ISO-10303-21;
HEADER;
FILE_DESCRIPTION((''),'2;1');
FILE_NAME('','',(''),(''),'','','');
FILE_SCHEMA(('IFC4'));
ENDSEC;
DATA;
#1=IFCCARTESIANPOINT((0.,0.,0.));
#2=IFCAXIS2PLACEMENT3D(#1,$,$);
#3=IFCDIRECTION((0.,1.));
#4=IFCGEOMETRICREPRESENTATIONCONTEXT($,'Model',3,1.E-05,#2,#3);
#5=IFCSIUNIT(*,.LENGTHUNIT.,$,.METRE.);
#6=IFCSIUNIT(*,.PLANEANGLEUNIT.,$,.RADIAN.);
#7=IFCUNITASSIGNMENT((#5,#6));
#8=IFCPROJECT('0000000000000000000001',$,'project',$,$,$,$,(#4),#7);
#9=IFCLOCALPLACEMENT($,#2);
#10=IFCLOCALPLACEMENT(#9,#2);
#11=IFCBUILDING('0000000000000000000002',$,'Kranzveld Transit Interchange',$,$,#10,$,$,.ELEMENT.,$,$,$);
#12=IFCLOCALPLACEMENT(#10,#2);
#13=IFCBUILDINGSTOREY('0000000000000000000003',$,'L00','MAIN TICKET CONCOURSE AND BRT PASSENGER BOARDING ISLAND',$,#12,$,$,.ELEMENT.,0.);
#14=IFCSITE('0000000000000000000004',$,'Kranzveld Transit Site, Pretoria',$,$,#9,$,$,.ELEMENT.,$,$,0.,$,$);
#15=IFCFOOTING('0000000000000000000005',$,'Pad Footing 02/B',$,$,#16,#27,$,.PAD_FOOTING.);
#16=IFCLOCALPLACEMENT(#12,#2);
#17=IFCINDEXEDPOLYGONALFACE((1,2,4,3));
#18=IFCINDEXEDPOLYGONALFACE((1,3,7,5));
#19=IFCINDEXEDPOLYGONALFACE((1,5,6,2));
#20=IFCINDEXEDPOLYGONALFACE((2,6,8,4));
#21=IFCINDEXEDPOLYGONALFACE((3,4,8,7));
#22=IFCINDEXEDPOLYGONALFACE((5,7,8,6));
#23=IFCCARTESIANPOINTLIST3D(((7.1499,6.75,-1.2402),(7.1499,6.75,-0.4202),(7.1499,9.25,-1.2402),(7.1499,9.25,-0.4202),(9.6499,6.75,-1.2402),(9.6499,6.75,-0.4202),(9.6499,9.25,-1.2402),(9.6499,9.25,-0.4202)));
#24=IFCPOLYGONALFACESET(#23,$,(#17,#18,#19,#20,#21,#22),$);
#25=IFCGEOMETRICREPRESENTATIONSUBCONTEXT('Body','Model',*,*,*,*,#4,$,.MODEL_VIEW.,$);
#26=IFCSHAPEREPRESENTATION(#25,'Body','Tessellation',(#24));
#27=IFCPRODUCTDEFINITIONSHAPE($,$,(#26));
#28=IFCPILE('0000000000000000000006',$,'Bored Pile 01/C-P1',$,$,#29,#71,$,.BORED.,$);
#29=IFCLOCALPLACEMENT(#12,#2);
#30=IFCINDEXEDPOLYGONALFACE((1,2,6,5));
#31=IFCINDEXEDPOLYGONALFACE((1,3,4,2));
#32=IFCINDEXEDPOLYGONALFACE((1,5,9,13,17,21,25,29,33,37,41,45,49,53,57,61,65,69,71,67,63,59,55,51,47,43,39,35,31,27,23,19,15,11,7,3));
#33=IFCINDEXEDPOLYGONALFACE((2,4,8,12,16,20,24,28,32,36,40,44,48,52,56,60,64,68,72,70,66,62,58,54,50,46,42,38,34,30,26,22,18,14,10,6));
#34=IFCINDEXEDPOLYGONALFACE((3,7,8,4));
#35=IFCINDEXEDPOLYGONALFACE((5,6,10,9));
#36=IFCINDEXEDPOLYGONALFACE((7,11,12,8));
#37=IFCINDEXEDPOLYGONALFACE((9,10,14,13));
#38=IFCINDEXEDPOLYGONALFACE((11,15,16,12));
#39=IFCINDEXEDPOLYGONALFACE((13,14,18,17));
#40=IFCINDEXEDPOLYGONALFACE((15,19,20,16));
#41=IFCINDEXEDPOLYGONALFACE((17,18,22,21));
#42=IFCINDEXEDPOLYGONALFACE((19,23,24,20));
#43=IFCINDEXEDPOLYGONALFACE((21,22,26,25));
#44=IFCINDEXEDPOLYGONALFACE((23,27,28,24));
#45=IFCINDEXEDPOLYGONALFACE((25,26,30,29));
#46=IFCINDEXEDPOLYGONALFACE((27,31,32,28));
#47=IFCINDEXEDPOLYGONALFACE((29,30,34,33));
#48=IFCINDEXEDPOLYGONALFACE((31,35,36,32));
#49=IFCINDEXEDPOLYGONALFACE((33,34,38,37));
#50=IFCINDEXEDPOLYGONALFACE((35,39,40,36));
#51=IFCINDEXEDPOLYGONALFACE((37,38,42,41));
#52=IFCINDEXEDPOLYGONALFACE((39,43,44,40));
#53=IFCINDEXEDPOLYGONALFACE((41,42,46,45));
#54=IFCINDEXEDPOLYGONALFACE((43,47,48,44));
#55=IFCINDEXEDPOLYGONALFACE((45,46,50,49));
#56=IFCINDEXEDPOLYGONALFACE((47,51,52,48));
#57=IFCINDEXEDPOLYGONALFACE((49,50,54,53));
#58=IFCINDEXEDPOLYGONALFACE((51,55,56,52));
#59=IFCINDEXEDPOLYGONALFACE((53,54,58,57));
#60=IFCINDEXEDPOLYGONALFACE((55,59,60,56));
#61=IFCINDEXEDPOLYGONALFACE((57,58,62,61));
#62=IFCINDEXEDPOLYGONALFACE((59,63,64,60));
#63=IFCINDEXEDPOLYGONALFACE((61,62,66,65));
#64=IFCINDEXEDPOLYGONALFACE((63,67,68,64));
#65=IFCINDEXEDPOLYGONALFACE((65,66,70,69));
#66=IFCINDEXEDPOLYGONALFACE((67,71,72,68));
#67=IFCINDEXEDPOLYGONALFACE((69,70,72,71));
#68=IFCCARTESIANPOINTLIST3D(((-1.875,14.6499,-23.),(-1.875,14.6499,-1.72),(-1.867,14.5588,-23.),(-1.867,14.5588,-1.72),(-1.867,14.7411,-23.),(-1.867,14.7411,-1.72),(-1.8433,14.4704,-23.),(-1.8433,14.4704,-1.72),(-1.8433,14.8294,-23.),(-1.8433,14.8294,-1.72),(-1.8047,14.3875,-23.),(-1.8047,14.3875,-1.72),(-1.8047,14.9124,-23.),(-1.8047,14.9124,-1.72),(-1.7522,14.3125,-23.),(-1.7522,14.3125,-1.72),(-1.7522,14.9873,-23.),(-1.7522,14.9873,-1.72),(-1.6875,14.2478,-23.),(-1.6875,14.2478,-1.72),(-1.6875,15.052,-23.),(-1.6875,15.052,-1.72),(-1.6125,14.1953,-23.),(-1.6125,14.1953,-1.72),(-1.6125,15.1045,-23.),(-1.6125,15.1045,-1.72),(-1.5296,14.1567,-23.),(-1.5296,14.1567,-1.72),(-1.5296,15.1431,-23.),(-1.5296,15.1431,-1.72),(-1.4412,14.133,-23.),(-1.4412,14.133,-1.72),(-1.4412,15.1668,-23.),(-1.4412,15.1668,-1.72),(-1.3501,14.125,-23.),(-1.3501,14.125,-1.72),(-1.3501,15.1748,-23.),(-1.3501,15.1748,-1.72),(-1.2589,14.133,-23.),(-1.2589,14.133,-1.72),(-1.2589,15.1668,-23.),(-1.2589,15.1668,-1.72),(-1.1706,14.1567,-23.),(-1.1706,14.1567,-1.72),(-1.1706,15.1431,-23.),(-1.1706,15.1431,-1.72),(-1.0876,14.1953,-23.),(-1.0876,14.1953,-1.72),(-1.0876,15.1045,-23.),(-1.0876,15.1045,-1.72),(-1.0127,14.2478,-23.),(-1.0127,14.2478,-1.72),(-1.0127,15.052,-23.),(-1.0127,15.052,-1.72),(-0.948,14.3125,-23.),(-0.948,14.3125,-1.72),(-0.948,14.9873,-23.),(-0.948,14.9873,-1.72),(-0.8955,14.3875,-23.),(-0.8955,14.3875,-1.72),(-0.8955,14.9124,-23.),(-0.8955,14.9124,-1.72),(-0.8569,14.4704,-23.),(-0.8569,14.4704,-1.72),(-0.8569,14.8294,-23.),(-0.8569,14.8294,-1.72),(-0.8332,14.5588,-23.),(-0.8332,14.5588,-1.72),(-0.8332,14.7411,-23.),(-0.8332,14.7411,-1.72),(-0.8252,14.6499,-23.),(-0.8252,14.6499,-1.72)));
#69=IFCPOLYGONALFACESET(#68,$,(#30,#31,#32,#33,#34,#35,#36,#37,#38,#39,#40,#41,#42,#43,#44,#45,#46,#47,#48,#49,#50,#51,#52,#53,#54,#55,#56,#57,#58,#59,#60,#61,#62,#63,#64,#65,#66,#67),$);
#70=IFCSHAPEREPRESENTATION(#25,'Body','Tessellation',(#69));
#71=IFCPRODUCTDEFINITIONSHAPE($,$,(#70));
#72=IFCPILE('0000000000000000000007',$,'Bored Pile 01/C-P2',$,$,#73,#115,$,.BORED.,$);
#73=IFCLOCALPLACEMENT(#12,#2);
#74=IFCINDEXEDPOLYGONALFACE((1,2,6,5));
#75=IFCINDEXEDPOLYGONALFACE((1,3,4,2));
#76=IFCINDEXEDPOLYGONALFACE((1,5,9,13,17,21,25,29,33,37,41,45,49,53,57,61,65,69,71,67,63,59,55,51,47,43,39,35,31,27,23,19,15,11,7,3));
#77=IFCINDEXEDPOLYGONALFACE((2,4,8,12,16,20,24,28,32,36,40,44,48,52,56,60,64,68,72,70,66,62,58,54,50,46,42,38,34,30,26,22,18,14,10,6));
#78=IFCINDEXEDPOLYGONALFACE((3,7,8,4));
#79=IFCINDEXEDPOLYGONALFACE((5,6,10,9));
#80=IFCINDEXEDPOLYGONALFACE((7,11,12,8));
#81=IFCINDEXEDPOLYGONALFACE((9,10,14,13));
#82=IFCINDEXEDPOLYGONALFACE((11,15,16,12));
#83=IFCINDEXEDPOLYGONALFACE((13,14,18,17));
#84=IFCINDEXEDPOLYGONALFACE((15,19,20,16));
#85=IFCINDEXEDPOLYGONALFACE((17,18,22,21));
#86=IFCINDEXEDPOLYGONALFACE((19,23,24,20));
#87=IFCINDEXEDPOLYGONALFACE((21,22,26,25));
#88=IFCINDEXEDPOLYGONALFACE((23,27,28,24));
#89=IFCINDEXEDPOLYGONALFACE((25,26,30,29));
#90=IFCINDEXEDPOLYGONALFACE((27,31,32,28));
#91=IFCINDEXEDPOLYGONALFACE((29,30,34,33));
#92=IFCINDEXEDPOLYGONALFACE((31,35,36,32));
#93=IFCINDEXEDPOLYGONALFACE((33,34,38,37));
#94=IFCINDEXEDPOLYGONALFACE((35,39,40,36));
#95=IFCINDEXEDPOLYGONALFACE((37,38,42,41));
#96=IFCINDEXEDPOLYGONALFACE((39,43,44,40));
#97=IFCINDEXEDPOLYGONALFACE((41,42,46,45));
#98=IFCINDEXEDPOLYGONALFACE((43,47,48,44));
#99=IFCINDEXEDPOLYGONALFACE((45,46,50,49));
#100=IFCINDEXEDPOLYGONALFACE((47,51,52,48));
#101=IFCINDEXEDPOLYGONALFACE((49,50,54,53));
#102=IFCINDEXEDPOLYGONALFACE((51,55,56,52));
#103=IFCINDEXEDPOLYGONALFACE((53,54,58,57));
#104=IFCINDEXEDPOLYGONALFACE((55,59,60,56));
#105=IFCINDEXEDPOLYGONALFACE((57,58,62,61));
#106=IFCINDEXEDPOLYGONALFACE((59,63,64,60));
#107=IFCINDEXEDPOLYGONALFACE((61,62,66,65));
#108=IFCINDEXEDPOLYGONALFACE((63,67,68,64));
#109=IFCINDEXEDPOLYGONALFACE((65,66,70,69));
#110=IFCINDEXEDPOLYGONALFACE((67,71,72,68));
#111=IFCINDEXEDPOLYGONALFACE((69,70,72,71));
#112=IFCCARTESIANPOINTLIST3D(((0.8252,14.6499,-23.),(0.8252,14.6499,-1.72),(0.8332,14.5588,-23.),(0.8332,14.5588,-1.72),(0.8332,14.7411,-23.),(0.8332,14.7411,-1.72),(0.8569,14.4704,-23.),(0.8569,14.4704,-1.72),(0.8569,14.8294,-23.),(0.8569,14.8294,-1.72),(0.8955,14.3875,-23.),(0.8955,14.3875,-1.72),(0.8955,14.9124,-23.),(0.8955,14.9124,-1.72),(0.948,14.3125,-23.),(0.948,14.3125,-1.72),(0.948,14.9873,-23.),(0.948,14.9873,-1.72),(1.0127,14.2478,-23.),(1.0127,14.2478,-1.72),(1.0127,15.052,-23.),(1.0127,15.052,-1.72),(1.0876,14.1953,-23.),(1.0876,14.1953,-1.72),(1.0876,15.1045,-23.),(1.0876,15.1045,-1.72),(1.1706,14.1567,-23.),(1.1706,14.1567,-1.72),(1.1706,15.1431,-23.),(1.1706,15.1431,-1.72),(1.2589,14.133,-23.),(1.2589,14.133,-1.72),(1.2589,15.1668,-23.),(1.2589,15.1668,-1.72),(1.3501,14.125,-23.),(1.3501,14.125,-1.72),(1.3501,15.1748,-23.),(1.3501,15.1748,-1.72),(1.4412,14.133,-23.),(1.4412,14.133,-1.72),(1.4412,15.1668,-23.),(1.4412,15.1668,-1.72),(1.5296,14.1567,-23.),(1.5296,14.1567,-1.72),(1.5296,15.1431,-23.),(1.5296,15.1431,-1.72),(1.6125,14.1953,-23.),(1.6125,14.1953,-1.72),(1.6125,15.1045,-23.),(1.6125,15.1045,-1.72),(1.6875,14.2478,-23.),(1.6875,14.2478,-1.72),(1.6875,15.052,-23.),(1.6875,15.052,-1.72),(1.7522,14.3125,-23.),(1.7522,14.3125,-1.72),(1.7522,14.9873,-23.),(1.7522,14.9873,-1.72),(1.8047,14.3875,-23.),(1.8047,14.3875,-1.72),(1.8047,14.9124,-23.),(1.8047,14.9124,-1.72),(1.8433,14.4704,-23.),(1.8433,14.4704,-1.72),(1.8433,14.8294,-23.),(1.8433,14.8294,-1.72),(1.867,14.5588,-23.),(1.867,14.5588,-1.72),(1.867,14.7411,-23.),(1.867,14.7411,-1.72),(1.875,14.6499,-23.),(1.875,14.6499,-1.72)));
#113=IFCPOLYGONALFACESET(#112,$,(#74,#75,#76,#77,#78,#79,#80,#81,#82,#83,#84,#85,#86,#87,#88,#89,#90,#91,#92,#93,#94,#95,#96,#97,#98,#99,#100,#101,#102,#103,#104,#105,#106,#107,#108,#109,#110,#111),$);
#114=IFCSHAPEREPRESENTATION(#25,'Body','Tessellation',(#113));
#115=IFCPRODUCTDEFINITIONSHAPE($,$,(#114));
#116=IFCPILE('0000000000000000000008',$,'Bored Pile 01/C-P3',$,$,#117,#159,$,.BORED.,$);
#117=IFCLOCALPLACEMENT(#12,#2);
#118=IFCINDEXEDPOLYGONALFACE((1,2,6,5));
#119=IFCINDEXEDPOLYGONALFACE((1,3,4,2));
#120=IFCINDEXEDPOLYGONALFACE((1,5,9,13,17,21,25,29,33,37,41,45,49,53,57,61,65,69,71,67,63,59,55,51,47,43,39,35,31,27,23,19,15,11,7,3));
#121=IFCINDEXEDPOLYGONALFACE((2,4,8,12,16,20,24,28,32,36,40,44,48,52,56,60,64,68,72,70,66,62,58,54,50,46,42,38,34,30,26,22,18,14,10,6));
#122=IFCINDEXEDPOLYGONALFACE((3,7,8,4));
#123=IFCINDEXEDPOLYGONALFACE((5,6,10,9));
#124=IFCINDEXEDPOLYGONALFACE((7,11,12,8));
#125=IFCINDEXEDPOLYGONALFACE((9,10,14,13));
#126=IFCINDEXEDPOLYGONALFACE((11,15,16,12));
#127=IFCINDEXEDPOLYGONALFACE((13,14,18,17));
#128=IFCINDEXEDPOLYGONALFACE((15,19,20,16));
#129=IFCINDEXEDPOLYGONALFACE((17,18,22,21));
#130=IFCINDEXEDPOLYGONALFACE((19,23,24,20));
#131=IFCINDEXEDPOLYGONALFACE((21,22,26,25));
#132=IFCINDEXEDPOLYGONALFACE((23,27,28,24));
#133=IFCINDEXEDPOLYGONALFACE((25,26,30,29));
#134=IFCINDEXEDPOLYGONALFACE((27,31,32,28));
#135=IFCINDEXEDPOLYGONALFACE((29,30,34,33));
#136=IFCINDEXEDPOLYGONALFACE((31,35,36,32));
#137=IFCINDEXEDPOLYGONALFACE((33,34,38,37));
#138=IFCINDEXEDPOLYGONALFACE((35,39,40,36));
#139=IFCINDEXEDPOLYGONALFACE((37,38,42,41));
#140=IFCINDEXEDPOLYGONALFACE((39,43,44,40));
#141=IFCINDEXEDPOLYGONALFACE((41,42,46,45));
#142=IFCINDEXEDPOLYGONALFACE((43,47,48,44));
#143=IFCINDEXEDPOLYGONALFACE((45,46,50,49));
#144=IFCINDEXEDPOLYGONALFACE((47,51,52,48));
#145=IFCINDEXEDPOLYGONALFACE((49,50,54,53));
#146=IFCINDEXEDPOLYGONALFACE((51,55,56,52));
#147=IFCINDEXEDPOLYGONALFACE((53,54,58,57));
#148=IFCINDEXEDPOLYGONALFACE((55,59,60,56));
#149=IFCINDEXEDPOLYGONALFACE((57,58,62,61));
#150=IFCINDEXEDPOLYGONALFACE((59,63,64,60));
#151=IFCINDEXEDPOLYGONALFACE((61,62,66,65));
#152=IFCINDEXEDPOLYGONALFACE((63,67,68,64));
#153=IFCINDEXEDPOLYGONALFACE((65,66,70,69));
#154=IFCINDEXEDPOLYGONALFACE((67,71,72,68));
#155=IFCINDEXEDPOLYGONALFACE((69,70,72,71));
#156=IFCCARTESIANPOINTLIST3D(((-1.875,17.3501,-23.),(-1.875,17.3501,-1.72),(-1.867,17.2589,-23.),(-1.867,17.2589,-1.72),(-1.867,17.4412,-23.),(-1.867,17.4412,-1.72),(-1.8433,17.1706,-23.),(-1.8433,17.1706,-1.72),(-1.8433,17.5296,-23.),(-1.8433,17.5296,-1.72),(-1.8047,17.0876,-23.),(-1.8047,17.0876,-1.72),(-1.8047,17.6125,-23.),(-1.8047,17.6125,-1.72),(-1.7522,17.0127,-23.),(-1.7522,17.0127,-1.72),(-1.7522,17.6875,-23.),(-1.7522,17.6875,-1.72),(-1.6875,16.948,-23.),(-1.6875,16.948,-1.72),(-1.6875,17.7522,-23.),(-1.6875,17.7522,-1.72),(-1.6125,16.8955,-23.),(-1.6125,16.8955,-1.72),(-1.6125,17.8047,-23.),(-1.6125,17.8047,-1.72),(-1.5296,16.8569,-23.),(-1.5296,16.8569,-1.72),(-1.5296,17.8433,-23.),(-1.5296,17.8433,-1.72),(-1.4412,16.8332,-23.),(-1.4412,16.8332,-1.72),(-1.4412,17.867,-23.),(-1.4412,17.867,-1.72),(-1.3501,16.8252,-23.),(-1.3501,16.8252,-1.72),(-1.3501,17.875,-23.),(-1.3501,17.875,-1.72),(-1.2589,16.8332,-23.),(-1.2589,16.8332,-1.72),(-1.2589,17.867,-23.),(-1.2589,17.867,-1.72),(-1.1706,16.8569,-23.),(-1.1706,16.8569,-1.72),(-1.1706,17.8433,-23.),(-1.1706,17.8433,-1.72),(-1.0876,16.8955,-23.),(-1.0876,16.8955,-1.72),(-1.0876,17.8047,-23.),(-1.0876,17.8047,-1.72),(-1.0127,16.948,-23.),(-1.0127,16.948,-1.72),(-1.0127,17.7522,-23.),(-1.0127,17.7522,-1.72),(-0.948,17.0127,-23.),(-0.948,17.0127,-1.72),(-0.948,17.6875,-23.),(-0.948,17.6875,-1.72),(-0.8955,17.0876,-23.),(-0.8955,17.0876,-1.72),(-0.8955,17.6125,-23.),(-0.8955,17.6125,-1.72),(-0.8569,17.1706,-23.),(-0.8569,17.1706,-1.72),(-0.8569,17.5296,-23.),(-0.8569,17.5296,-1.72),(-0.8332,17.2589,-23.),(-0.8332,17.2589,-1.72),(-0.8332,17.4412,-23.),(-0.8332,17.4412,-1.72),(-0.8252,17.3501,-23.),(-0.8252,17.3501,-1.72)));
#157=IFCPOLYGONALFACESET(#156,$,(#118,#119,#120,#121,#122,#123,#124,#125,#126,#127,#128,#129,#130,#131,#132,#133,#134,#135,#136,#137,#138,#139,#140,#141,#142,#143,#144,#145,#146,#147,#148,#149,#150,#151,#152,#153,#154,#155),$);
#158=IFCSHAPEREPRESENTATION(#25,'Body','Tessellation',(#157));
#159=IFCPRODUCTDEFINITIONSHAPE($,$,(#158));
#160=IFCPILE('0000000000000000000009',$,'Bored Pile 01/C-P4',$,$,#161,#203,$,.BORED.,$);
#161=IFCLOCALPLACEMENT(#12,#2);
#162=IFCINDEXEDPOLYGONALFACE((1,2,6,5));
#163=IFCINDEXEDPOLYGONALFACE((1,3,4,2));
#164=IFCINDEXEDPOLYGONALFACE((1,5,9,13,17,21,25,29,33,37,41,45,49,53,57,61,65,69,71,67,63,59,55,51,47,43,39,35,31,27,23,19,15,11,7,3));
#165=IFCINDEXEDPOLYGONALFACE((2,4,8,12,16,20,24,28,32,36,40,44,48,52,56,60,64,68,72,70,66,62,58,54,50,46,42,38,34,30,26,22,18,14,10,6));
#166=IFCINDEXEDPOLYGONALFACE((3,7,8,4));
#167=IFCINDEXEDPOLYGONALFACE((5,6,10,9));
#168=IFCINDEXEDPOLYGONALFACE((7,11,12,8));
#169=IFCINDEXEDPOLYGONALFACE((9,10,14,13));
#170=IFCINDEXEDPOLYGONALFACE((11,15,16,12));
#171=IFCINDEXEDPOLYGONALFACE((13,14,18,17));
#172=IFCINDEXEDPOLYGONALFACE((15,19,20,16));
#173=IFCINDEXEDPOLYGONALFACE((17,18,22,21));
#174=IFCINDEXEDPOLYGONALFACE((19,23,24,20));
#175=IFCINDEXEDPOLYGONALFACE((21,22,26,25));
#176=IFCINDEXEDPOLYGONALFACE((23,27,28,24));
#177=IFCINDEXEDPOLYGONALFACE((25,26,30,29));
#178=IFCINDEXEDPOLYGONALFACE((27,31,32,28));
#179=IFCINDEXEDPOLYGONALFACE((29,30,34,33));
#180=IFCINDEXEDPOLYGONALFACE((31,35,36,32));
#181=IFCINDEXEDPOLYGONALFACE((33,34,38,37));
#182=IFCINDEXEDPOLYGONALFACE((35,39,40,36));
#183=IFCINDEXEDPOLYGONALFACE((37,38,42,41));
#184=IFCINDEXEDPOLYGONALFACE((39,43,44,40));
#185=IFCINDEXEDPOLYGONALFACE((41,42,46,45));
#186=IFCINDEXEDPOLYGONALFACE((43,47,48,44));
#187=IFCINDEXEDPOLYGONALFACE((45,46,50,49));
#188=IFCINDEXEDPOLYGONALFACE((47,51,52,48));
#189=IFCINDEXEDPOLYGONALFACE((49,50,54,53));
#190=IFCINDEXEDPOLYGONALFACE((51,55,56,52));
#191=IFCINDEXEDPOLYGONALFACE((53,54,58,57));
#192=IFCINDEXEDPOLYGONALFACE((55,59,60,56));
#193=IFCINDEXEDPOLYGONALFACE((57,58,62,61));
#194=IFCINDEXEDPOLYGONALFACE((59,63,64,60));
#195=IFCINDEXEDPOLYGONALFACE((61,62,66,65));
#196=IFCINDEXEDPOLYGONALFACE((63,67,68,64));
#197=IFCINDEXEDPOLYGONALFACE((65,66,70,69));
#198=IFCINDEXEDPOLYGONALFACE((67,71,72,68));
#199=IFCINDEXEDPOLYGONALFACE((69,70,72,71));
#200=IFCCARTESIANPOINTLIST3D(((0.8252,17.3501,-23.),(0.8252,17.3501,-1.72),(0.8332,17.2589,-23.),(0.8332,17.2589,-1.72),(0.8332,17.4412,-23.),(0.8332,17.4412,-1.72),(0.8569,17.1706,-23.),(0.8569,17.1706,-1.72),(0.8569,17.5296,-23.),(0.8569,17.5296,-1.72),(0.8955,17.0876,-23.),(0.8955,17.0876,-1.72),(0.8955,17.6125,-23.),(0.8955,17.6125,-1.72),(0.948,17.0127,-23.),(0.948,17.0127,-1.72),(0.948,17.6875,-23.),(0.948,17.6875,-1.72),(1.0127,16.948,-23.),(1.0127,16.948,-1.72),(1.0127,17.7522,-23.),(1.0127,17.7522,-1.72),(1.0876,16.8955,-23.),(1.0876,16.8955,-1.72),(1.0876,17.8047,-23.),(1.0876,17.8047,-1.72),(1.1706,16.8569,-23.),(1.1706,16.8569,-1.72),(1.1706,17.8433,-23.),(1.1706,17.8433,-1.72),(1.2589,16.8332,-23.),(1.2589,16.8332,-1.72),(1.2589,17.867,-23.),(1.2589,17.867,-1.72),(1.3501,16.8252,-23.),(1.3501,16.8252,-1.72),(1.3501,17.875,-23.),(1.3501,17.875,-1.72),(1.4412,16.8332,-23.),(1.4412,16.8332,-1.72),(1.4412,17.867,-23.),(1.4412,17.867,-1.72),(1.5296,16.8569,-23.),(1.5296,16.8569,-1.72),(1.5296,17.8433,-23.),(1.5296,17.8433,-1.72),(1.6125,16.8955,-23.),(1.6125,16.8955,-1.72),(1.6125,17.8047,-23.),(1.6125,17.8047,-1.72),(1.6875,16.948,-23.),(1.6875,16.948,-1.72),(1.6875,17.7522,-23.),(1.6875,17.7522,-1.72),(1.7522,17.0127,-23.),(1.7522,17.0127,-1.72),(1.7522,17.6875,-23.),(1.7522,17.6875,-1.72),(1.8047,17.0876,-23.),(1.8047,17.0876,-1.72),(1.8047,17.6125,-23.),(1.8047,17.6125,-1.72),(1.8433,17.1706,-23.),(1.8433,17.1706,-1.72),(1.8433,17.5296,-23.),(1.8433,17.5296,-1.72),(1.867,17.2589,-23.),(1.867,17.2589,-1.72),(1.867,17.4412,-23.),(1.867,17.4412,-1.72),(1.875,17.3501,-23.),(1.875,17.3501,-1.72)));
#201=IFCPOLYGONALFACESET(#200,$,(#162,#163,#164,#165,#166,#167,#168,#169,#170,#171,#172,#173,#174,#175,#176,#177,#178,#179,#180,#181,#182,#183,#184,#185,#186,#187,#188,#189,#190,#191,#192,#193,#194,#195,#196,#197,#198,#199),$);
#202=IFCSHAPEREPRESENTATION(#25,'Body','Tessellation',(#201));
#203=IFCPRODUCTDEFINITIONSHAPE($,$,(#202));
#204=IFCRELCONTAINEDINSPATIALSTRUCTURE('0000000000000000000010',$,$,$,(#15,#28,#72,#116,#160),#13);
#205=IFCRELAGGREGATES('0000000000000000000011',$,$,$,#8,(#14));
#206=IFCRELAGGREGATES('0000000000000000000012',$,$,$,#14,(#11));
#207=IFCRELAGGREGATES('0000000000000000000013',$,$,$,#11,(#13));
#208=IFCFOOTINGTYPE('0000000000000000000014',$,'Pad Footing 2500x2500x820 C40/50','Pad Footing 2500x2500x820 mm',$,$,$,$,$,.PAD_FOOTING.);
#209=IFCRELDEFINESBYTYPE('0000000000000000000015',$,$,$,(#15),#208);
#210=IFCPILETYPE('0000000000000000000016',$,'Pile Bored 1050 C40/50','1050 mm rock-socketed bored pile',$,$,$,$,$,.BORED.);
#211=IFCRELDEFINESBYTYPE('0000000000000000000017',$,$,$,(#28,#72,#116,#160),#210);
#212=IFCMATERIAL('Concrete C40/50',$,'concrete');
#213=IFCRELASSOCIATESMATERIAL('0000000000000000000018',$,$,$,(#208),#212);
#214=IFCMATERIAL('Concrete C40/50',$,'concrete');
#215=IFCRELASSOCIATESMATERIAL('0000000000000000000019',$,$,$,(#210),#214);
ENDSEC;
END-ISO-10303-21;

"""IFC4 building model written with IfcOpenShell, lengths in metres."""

from ifc_helpers import new_model, si_unit, direction, frame, origin, origin_2d, place, context, subcontext, project, spatial, rectangle, circle, extrude, material, material_profile, profile_set, type_object, element, save


model = new_model("IFC4")

# Units and contexts
model_context = context("Model", 3, precision=1e-05, world=origin(), true_north=direction((0.0, 1.0)))
body_context = subcontext(model_context, "Body", "Model", "MODEL_VIEW")
ifc_project = project(units=[si_unit("LENGTHUNIT", "METRE"), si_unit("PLANEANGLEUNIT", "RADIAN")], contexts=[model_context])

# Site, building, storey
site_placement = place(None, origin())
site = spatial("IfcSite", under=ifc_project, at=site_placement, Name="Kranzveld Transit Site, Pretoria", CompositionType="ELEMENT", RefElevation=0.0)
building_placement = place(site_placement, origin())
building = spatial("IfcBuilding", under=site, at=building_placement, Name="Kranzveld Transit Interchange", CompositionType="ELEMENT")
storey_placement = place(building_placement, origin())
storey = spatial("IfcBuildingStorey", under=building, at=storey_placement, Name="L00", Description="MAIN TICKET CONCOURSE AND BRT PASSENGER BOARDING ISLAND", CompositionType="ELEMENT", Elevation=0.0)

# Footing
ifc_material_1 = material(Name="Concrete C40/50", Category="concrete")
footing_type_1 = type_object("IfcFootingType", Name="Pad Footing 2500x2500x820 C40/50", Description="Pad Footing 2500x2500x820 mm", PredefinedType="PAD_FOOTING", material=ifc_material_1)
footing_placement = place(storey_placement, frame((8.3999, 8.0, -1.2402), z_axis=(0.0, 0.0, 1.0), x_axis=(1.0, 0.0, 0.0)))
element("IfcFooting", 1, at=footing_placement, inside=storey, type_object=footing_type_1, Name="Pad Footing 02/B", PredefinedType="PAD_FOOTING", context=body_context, shape_type="SweptSolid", body=[
    extrude(rectangle(XDim=2.5, YDim=2.5, at=origin_2d()), origin(), (0.0, 0.0, 1.0), 0.8201),
])

# Piles
ifc_material_2 = material(Name="Concrete C40/50", Category="concrete")
ifc_material_profile_1 = material_profile(ifc_material_2, circle(Radius=0.5249, at=origin_2d()), Name="BORED PILE 1050")
ifc_profile_set_1 = profile_set([ifc_material_profile_1], Name="Concrete C40/50")
pile_type = type_object("IfcPileType", Name="Pile Bored 1050 C40/50", Description="1050 mm rock-socketed bored pile", PredefinedType="BORED", material=ifc_profile_set_1)
for number, where, z_axis, x_axis, name in (
    (2, (-1.3501, 14.6499, -1.72), (0.0, 0.0, -1.0), (1.0, 0.0, 0.0), "Bored Pile 01/C-P1"),
    (3, (1.3501, 14.6499, -1.72), (0.0, 0.0, -1.0), (1.0, 0.0, 0.0), "Bored Pile 01/C-P2"),
    (4, (-1.3501, 17.3501, -1.72), (0.0, 0.0, -1.0), (1.0, 0.0, 0.0), "Bored Pile 01/C-P3"),
    (5, (1.3501, 17.3501, -1.72), (0.0, 0.0, -1.0), (1.0, 0.0, 0.0), "Bored Pile 01/C-P4"),
):
    element("IfcPile", number, at=place(storey_placement, frame(where, z_axis=z_axis, x_axis=x_axis)), inside=storey, type_object=pile_type, Name=name, PredefinedType="BORED", context=body_context, shape_type="SweptSolid", body=[
        extrude(circle(Radius=0.5249, at=origin_2d()), origin(), (0.0, 0.0, 1.0), 21.28),
    ])

save(model, "model.ifc")
